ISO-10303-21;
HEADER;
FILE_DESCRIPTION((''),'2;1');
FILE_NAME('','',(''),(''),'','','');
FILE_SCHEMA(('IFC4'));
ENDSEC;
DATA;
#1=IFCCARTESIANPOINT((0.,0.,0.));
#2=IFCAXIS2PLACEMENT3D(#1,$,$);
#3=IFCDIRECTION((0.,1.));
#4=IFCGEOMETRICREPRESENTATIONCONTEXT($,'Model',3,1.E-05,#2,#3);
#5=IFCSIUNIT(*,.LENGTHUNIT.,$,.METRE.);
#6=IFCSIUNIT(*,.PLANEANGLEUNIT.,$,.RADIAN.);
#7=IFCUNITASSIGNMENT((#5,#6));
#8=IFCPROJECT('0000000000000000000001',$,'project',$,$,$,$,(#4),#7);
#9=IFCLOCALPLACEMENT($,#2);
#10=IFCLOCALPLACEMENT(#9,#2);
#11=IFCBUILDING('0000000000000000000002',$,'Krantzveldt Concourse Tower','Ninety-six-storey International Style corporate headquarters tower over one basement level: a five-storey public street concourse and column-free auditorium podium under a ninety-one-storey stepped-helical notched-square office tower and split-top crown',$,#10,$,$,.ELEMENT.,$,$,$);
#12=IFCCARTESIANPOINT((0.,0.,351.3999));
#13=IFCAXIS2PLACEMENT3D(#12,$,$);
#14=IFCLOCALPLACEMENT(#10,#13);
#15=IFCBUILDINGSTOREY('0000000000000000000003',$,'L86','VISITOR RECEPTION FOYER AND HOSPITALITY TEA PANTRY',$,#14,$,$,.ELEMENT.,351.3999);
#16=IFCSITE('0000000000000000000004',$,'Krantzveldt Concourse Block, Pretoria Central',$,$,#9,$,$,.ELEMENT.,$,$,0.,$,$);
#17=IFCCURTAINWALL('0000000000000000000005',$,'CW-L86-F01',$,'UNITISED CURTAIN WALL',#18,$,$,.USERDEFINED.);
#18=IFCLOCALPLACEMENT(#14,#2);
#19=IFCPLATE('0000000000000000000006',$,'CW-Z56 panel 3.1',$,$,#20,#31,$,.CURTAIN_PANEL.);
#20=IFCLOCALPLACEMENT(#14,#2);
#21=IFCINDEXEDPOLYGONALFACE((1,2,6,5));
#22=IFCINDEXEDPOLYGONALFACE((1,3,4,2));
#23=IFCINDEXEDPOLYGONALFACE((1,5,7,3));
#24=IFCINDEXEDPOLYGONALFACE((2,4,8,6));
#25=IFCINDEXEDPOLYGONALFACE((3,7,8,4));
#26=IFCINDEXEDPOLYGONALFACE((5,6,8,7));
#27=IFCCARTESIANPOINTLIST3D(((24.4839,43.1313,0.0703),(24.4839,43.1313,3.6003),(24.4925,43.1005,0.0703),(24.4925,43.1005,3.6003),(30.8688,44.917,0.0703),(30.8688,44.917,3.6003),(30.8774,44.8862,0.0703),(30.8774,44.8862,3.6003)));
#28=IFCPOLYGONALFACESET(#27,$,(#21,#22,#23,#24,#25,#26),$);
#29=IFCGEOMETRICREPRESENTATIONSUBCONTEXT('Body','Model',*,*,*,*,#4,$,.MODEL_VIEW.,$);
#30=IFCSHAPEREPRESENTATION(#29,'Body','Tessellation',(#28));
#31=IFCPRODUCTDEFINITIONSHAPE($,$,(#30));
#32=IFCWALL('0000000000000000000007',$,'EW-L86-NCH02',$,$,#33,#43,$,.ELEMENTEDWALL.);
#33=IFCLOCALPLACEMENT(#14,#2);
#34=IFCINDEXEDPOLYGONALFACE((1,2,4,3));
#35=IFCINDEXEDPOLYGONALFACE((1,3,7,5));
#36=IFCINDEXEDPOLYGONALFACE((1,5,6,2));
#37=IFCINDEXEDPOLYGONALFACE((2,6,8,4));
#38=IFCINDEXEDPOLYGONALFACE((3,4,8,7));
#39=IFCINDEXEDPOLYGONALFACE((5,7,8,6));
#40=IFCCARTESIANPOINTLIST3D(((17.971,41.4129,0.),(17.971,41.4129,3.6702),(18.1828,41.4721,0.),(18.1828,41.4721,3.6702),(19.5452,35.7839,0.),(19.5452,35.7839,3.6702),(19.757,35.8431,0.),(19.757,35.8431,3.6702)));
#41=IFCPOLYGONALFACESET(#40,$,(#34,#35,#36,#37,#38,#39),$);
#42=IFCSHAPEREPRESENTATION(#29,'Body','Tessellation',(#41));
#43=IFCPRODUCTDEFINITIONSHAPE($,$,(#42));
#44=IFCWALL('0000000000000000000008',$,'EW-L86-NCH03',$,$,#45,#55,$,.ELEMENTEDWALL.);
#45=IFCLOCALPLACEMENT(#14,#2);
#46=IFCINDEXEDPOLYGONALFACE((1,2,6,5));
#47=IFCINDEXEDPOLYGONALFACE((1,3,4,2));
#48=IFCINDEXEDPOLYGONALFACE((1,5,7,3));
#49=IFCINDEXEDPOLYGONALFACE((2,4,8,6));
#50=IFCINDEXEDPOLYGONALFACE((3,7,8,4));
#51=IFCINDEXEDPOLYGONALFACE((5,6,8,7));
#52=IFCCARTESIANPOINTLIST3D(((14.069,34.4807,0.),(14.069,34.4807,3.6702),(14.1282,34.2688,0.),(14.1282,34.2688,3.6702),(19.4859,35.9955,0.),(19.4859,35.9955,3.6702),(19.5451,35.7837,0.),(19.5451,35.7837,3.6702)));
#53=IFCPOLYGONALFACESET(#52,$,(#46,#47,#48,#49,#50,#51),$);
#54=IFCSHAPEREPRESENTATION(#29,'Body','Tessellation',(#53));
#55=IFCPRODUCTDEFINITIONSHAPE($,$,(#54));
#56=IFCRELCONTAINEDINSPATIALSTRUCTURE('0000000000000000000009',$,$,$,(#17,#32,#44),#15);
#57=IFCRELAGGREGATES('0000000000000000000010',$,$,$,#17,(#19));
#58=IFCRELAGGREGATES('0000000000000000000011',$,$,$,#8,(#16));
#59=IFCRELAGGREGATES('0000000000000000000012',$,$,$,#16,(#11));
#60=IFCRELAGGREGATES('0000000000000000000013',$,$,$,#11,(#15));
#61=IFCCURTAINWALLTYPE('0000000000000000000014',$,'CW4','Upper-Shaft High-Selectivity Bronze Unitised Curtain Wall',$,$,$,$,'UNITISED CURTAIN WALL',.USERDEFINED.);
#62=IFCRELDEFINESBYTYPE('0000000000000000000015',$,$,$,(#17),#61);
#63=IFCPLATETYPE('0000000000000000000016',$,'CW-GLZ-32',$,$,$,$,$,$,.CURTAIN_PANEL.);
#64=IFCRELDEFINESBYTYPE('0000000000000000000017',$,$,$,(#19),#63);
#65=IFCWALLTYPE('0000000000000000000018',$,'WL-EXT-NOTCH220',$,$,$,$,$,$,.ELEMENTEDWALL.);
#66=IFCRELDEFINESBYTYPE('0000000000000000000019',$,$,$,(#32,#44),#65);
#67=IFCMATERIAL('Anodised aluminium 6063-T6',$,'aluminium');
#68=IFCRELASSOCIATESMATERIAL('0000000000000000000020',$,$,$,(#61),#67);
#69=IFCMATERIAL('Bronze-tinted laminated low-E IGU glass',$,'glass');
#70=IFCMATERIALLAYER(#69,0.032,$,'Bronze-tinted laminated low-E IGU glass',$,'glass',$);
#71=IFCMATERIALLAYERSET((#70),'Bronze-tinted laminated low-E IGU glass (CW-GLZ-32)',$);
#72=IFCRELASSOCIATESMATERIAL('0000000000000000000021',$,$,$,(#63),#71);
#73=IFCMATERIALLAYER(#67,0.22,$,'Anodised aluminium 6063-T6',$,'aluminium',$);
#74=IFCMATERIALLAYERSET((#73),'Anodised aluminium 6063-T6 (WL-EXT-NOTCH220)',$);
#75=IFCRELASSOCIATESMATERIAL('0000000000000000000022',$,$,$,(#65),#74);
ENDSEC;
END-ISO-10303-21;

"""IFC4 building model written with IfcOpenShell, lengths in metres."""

from ifc_helpers import new_model, si_unit, direction, frame, frame_2d, origin, origin_2d, place, context, subcontext, project, spatial, rectangle, extrude, source, transform, mapped, material, layer, layer_set, type_object, element, aggregate, save


model = new_model("IFC4")

# Units and contexts
model_context = context("Model", 3, precision=1e-05, world=origin(), true_north=direction((0.0, 1.0)))
body_context = subcontext(model_context, "Body", "Model", "MODEL_VIEW")
ifc_project = project(units=[si_unit("LENGTHUNIT", "METRE"), si_unit("PLANEANGLEUNIT", "RADIAN")], contexts=[model_context])

# Site, building, storey
site_placement = place(None, origin())
site = spatial("IfcSite", under=ifc_project, at=site_placement, Name="Krantzveldt Concourse Block, Pretoria Central", CompositionType="ELEMENT", RefElevation=0.0)
building_placement = place(site_placement, origin())
building = spatial("IfcBuilding", under=site, at=building_placement, Name="Krantzveldt Concourse Tower", Description="Ninety-six-storey International Style corporate headquarters tower over one basement level: a five-storey public street concourse and column-free auditorium podium under a ninety-one-storey stepped-helical notched-square office tower and split-top crown", CompositionType="ELEMENT")
storey_placement = place(building_placement, frame((0.0, 0.0, 351.3999)))
storey = spatial("IfcBuildingStorey", under=building, at=storey_placement, Name="L86", Description="VISITOR RECEPTION FOYER AND HOSPITALITY TEA PANTRY", CompositionType="ELEMENT", Elevation=351.3999)

# Curtain wall
ifc_material_1 = material(Name="Anodised aluminium 6063-T6", Category="aluminium")
curtain_wall_type = type_object("IfcCurtainWallType", Name="CW4", Description="Upper-Shaft High-Selectivity Bronze Unitised Curtain Wall", ElementType="UNITISED CURTAIN WALL", PredefinedType="USERDEFINED", material=ifc_material_1)
curtain_wall_1_placement = place(storey_placement, origin())
curtain_wall_1 = element("IfcCurtainWall", 1, at=curtain_wall_1_placement, inside=storey, type_object=curtain_wall_type, Name="CW-L86-F01", ObjectType="UNITISED CURTAIN WALL", PredefinedType="USERDEFINED")

# Plate
ifc_material_2 = material(Name="Bronze-tinted laminated low-E IGU glass", Category="glass")
ifc_layer_1 = layer(ifc_material_2, 0.032, Name="Bronze-tinted laminated low-E IGU glass", Category="glass")
ifc_layer_set_1 = layer_set([ifc_layer_1], Name="Bronze-tinted laminated low-E IGU glass (CW-GLZ-32)")
plate_type = type_object("IfcPlateType", Name="CW-GLZ-32", PredefinedType="CURTAIN_PANEL", material=ifc_layer_set_1)
shared_shape_1 = source(origin(), body_context, "Body", "SweptSolid", [
    extrude(rectangle(XDim=6.6299, YDim=0.032, at=origin_2d()), origin(), (0.0, 0.0, 1.0), 3.53),
])
plate_1_placement = place(storey_placement, frame((27.6807, 44.0088, 0.0703), z_axis=(0.0, 0.0, 1.0), x_axis=(-0.963045, -0.26934, 0.0)))
plate_1 = element("IfcPlate", 2, at=plate_1_placement, type_object=plate_type, Name="CW-Z56 panel 3.1", PredefinedType="CURTAIN_PANEL", context=body_context, shape_type="MappedRepresentation", body=[
    mapped(shared_shape_1, transform((0.0, 0.0, 0.0), x_axis=(1.0, 0.0, 0.0), y_axis=(0.0, 1.0, 0.0), z_axis=(0.0, 0.0, 1.0), scale=1.0)),
])
aggregate(curtain_wall_1, [plate_1])

# Walls
ifc_layer_2 = layer(ifc_material_1, 0.22, Name="Anodised aluminium 6063-T6", Category="aluminium")
ifc_layer_set_2 = layer_set([ifc_layer_2], Name="Anodised aluminium 6063-T6 (WL-EXT-NOTCH220)")
wall_type = type_object("IfcWallType", Name="WL-EXT-NOTCH220", PredefinedType="ELEMENTEDWALL", material=ifc_layer_set_2)
wall_1_placement = place(storey_placement, frame((18.0769, 41.4424, 0.0), z_axis=(0.0, 0.0, 1.0), x_axis=(0.269332, -0.963047, 0.0)))
element("IfcWall", 3, at=wall_1_placement, inside=storey, type_object=wall_type, Name="EW-L86-NCH02", PredefinedType="ELEMENTEDWALL", context=body_context, shape_type="SweptSolid", body=[
    extrude(rectangle(XDim=5.845, YDim=0.22, at=frame_2d((2.9224, 0.0))), origin(), (0.0, 0.0, 1.0), 3.6702),
])
wall_2_placement = place(storey_placement, frame((19.5156, 35.8896, 0.0), z_axis=(0.0, 0.0, 1.0), x_axis=(-0.96305, -0.269322, 0.0)))
element("IfcWall", 4, at=wall_2_placement, inside=storey, type_object=wall_type, Name="EW-L86-NCH03", PredefinedType="ELEMENTEDWALL", context=body_context, shape_type="SweptSolid", body=[
    extrude(rectangle(XDim=5.6248, YDim=0.22, at=frame_2d((2.8125, 0.0))), origin(), (0.0, 0.0, 1.0), 3.6702),
])

save(model, "model.ifc")
